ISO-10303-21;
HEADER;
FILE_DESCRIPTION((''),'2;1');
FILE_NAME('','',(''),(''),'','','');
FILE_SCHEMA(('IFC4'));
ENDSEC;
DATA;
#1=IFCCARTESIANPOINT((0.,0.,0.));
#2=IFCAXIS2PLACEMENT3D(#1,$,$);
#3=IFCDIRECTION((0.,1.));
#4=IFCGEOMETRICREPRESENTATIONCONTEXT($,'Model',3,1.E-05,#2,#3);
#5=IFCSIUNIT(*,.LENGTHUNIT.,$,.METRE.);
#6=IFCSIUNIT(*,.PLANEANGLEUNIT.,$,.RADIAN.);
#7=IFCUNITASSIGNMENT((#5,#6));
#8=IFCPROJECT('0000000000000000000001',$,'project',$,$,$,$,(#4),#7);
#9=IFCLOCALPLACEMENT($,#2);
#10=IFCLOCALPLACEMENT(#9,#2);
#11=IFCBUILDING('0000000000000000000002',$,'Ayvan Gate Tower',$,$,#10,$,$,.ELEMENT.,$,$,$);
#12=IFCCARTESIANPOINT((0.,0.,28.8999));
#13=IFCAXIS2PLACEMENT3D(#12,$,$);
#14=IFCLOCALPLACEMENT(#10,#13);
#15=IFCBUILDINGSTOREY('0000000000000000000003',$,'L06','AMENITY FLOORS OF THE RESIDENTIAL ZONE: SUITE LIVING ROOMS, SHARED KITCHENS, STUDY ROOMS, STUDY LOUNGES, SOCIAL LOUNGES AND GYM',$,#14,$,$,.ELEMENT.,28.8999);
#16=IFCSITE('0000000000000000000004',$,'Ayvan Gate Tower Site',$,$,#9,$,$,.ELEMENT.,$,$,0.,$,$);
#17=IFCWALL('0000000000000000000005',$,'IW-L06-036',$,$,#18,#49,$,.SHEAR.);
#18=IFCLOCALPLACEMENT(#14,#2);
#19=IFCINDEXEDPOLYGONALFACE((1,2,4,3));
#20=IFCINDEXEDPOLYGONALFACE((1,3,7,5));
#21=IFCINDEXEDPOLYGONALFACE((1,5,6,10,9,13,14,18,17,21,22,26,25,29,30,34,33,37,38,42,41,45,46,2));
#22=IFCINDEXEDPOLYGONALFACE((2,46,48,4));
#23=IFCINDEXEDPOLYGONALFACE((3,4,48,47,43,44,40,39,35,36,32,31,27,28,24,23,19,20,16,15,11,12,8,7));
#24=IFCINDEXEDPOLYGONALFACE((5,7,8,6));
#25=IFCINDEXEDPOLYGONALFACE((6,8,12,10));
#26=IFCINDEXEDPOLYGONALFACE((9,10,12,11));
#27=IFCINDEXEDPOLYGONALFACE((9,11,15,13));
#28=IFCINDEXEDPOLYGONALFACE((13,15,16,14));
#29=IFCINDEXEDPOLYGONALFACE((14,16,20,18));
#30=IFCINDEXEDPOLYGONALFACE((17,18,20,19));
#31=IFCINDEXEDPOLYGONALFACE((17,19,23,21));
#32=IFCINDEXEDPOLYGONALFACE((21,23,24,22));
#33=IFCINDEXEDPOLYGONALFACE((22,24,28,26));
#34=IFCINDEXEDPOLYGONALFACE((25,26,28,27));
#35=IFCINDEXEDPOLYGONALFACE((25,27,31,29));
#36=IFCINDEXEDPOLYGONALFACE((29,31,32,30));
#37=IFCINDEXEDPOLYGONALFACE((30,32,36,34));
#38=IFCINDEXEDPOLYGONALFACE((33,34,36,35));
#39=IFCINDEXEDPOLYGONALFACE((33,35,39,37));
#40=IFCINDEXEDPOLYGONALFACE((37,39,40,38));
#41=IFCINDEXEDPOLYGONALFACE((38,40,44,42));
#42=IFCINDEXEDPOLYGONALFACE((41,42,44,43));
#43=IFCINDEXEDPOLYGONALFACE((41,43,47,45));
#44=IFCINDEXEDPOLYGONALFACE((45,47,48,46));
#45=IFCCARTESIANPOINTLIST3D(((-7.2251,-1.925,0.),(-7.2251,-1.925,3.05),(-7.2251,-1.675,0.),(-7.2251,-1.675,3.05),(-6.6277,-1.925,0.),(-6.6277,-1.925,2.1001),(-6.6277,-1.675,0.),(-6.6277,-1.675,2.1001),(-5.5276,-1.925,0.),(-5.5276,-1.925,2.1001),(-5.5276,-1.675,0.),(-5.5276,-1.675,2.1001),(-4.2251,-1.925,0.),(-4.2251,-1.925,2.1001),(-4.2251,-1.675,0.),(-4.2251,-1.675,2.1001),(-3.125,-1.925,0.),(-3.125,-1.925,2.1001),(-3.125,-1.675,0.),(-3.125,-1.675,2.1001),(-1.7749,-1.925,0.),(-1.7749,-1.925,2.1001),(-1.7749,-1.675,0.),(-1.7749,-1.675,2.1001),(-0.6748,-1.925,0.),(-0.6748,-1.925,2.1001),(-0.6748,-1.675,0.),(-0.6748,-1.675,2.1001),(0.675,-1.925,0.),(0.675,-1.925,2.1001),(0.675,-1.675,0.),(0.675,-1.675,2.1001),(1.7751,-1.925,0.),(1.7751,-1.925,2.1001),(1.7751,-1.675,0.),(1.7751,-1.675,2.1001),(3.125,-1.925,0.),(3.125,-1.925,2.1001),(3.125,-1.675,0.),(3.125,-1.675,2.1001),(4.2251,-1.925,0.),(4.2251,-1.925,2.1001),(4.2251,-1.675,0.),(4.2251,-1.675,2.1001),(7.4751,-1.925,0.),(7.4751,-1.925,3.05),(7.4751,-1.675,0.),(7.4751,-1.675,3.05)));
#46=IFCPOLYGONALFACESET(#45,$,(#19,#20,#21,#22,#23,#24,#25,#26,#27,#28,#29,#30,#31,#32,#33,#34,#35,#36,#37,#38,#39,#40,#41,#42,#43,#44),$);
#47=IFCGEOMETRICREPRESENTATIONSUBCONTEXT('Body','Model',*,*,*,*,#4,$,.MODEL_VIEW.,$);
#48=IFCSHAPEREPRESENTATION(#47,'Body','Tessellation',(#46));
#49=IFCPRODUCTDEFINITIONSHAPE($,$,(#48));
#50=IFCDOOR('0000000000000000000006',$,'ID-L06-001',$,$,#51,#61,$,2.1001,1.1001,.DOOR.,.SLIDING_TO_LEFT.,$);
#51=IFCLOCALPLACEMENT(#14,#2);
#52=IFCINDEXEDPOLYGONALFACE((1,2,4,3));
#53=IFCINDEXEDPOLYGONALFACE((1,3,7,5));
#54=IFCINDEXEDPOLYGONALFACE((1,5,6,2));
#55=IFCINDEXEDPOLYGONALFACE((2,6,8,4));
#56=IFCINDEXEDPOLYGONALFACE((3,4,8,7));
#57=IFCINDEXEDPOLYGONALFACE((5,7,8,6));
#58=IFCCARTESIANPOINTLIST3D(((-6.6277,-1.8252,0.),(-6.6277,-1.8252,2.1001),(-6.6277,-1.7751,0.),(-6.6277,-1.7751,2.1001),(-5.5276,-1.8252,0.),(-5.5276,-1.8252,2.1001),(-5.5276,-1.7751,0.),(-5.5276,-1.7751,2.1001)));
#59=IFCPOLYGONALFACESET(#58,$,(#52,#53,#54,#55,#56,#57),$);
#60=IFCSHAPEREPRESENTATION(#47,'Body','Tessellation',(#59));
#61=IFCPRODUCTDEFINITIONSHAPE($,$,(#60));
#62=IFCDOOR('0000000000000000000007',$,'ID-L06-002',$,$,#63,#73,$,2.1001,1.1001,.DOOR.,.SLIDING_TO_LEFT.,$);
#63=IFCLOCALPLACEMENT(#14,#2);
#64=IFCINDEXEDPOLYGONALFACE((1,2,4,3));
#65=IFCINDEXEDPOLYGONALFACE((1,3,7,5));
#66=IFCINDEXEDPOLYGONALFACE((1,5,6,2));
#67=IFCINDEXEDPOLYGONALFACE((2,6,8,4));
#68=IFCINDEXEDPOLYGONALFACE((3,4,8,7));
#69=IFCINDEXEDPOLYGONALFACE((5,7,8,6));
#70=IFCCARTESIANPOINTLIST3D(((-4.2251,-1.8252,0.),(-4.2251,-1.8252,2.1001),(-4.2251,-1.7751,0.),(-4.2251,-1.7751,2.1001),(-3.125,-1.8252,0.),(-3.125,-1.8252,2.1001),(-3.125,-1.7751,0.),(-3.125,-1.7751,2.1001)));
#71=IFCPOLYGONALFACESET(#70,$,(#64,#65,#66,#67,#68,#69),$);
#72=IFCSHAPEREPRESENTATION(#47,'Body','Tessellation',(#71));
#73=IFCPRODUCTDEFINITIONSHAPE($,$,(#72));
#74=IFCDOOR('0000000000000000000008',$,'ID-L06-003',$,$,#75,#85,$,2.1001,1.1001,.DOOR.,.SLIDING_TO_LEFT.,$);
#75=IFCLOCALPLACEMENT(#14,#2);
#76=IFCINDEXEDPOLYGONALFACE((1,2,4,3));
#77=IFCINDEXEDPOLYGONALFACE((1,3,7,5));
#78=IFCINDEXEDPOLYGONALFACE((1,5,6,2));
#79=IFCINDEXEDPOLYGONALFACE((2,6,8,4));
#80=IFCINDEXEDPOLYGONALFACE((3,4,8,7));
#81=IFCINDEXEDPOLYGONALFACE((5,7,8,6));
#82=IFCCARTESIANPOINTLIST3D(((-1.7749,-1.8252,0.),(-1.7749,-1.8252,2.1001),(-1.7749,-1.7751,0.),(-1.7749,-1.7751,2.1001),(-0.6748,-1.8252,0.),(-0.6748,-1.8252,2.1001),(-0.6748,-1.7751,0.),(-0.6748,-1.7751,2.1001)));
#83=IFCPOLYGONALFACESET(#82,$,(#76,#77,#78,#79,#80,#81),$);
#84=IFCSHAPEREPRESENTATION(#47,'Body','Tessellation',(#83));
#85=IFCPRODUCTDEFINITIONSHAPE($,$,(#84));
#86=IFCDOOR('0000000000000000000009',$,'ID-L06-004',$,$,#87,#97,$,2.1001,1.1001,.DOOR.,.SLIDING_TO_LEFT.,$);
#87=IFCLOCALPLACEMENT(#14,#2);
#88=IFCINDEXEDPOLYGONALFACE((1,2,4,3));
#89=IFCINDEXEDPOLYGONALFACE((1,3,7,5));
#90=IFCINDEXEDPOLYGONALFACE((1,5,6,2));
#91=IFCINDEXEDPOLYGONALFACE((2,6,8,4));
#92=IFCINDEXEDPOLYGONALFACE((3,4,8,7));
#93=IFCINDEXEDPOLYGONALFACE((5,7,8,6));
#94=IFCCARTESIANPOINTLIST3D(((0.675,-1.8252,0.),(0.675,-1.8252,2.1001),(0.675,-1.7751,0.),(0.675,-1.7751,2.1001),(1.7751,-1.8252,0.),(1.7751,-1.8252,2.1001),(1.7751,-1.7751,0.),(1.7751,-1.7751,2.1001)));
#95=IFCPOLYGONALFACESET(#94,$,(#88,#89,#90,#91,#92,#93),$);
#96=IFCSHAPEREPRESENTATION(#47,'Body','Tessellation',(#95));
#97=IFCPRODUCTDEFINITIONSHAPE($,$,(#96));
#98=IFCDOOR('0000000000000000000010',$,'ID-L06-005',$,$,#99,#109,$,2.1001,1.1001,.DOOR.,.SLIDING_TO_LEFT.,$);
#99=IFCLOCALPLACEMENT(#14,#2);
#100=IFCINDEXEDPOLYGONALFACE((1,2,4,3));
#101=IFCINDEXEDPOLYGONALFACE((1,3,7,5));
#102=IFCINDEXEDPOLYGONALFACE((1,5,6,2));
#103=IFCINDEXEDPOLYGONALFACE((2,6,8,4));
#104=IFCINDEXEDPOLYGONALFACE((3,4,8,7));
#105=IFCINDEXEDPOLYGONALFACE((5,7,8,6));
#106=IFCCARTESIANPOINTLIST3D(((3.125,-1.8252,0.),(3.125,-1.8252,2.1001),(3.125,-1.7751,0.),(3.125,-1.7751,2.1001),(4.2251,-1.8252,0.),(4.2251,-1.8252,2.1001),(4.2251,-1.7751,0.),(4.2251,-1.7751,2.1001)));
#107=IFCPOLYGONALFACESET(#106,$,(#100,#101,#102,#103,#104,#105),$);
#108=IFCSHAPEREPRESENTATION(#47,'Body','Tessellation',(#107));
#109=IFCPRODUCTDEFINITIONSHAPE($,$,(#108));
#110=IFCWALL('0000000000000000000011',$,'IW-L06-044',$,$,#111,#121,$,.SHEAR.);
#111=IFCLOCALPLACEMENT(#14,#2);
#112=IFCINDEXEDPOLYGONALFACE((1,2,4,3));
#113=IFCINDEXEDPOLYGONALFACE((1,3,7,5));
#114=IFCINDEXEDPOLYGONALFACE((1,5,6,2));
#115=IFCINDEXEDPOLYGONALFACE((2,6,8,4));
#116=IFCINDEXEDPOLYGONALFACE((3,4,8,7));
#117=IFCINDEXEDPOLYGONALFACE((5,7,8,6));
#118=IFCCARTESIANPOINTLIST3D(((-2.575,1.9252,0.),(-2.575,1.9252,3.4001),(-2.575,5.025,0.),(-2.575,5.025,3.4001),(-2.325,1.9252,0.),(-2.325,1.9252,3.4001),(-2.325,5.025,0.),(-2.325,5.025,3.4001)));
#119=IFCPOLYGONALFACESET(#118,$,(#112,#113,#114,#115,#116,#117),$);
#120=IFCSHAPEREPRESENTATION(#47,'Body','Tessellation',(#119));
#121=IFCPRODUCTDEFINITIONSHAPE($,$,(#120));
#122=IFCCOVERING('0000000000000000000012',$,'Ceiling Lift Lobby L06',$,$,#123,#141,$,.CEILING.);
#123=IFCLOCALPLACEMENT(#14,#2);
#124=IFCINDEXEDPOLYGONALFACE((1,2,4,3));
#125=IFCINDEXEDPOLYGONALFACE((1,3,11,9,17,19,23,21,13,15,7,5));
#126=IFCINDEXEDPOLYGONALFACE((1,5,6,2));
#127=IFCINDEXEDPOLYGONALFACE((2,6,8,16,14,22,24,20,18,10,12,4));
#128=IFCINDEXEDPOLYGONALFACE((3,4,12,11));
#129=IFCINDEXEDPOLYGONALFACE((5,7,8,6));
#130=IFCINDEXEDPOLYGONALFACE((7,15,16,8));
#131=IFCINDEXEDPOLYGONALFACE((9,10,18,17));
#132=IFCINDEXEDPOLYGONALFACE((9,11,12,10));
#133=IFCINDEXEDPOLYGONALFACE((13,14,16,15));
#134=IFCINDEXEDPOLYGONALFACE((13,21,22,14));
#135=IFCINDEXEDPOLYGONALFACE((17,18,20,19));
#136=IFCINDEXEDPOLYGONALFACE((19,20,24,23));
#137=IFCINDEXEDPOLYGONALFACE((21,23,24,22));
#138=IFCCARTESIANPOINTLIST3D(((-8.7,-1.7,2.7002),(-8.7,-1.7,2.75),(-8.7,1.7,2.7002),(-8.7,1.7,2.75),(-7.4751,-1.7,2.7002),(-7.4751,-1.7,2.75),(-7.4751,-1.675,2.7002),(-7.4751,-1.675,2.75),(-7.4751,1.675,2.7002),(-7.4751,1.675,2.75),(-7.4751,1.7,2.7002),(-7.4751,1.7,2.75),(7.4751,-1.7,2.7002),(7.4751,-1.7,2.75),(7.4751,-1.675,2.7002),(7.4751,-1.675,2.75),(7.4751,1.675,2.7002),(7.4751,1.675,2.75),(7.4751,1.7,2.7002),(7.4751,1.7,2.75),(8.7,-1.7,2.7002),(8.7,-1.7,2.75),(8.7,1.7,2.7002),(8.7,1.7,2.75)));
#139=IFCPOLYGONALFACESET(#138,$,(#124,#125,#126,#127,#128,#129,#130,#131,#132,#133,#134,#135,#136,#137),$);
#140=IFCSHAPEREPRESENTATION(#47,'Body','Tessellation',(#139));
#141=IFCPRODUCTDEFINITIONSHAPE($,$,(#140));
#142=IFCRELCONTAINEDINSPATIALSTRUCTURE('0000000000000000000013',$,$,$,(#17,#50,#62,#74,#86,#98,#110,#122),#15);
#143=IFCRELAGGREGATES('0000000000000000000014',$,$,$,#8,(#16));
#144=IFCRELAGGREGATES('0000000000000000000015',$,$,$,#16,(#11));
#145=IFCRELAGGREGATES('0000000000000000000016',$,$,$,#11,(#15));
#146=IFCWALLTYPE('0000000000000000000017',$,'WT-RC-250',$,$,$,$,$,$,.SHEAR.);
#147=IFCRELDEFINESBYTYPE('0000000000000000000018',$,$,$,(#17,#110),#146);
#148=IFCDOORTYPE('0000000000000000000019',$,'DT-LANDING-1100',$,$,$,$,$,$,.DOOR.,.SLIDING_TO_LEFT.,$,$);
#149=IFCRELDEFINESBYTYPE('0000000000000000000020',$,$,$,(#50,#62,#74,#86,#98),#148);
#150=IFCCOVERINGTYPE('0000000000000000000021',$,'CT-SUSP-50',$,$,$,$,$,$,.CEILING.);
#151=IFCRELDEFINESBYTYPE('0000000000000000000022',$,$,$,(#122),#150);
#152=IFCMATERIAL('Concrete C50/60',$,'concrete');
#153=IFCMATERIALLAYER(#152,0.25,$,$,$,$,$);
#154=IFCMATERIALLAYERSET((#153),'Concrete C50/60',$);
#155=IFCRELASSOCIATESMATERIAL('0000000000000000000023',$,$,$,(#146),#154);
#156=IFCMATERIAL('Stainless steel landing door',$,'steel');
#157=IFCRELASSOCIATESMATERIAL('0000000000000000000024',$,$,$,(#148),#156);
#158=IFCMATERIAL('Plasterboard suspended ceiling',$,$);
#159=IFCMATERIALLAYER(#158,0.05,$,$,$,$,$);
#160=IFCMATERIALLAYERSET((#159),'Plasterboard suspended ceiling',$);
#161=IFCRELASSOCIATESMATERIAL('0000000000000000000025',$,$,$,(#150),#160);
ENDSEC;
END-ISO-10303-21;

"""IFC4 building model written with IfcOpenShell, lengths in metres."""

from ifc_helpers import new_model, si_unit, direction, frame, frame_2d, origin, place, context, subcontext, project, spatial, polyline, rectangle, outline, extrude, material, layer, layer_set, type_object, element, fill, save


model = new_model("IFC4")

# Units and contexts
model_context = context("Model", 3, precision=1e-05, world=origin(), true_north=direction((0.0, 1.0)))
body_context = subcontext(model_context, "Body", "Model", "MODEL_VIEW")
ifc_project = project(units=[si_unit("LENGTHUNIT", "METRE"), si_unit("PLANEANGLEUNIT", "RADIAN")], contexts=[model_context])

# Site, building, storey
site_placement = place(None, origin())
site = spatial("IfcSite", under=ifc_project, at=site_placement, Name="Ayvan Gate Tower Site", CompositionType="ELEMENT", RefElevation=0.0)
building_placement = place(site_placement, origin())
building = spatial("IfcBuilding", under=site, at=building_placement, Name="Ayvan Gate Tower", CompositionType="ELEMENT")
storey_placement = place(building_placement, frame((0.0, 0.0, 28.8999)))
storey = spatial("IfcBuildingStorey", under=building, at=storey_placement, Name="L06", Description="AMENITY FLOORS OF THE RESIDENTIAL ZONE: SUITE LIVING ROOMS, SHARED KITCHENS, STUDY ROOMS, STUDY LOUNGES, SOCIAL LOUNGES AND GYM", CompositionType="ELEMENT", Elevation=28.8999)

# Shared definitions
ifc_material_1 = material(Name="Concrete C50/60", Category="concrete")
ifc_layer_1 = layer(ifc_material_1, 0.25)
ifc_layer_set_1 = layer_set([ifc_layer_1], Name="Concrete C50/60")
wall_type_1 = type_object("IfcWallType", Name="WT-RC-250", PredefinedType="SHEAR", material=ifc_layer_set_1)

# Wall, openings, doors
wall_1_placement = place(storey_placement, frame((-7.2251, -1.8, 0.0), z_axis=(0.0, 0.0, 1.0), x_axis=(1.0, 0.0, 0.0)))
wall_1 = element("IfcWall", 1, at=wall_1_placement, inside=storey, type_object=wall_type_1, Name="IW-L06-036", PredefinedType="SHEAR", context=body_context, shape_type="SweptSolid", body=[
    extrude(rectangle(XDim=14.7002, YDim=0.25, at=frame_2d((7.3501, 0.0))), origin(), (0.0, 0.0, 1.0), 3.05),
])
opening_1_placement = place(wall_1_placement, frame((0.5974, 0.0, 0.0)))
opening_1 = element("IfcOpeningElement", 2, at=opening_1_placement, cuts=wall_1, PredefinedType="OPENING", context=body_context, shape_type="SweptSolid", body=[
    extrude(rectangle(XDim=1.1001, YDim=2.1001, at=frame_2d((0.55, 1.05))), frame((0.0, 0.135, 0.0), z_axis=(0.0, -1.0, 0.0), x_axis=(1.0, 0.0, 0.0)), (0.0, 0.0, 1.0), 0.27),
])
opening_2_placement = place(wall_1_placement, frame((3.0, 0.0, 0.0)))
opening_2 = element("IfcOpeningElement", 3, at=opening_2_placement, cuts=wall_1, PredefinedType="OPENING", context=body_context, shape_type="SweptSolid", body=[
    extrude(rectangle(XDim=1.1001, YDim=2.1001, at=frame_2d((0.55, 1.05))), frame((0.0, 0.135, 0.0), z_axis=(0.0, -1.0, 0.0), x_axis=(1.0, 0.0, 0.0)), (0.0, 0.0, 1.0), 0.27),
])
opening_3_placement = place(wall_1_placement, frame((5.4502, 0.0, 0.0)))
opening_3 = element("IfcOpeningElement", 4, at=opening_3_placement, cuts=wall_1, PredefinedType="OPENING", context=body_context, shape_type="SweptSolid", body=[
    extrude(rectangle(XDim=1.1001, YDim=2.1001, at=frame_2d((0.55, 1.05))), frame((0.0, 0.135, 0.0), z_axis=(0.0, -1.0, 0.0), x_axis=(1.0, 0.0, 0.0)), (0.0, 0.0, 1.0), 0.27),
])
opening_4_placement = place(wall_1_placement, frame((7.9001, 0.0, 0.0)))
opening_4 = element("IfcOpeningElement", 5, at=opening_4_placement, cuts=wall_1, PredefinedType="OPENING", context=body_context, shape_type="SweptSolid", body=[
    extrude(rectangle(XDim=1.1001, YDim=2.1001, at=frame_2d((0.55, 1.05))), frame((0.0, 0.135, 0.0), z_axis=(0.0, -1.0, 0.0), x_axis=(1.0, 0.0, 0.0)), (0.0, 0.0, 1.0), 0.27),
])
opening_5_placement = place(wall_1_placement, frame((10.3501, 0.0, 0.0)))
opening_5 = element("IfcOpeningElement", 6, at=opening_5_placement, cuts=wall_1, PredefinedType="OPENING", context=body_context, shape_type="SweptSolid", body=[
    extrude(rectangle(XDim=1.1001, YDim=2.1001, at=frame_2d((0.55, 1.05))), frame((0.0, 0.135, 0.0), z_axis=(0.0, -1.0, 0.0), x_axis=(1.0, 0.0, 0.0)), (0.0, 0.0, 1.0), 0.27),
])
ifc_material_2 = material(Name="Stainless steel landing door", Category="steel")
door_type = type_object("IfcDoorType", Name="DT-LANDING-1100", OperationType="SLIDING_TO_LEFT", PredefinedType="DOOR", material=ifc_material_2)
door_1_placement = place(opening_1_placement, origin())
door_1 = element("IfcDoor", 7, at=door_1_placement, inside=storey, type_object=door_type, Name="ID-L06-001", OperationType="SLIDING_TO_LEFT", OverallHeight=2.1001, OverallWidth=1.1001, PredefinedType="DOOR", context=body_context, shape_type="SweptSolid", body=[
    extrude(rectangle(XDim=1.1001, YDim=2.1001, at=frame_2d((0.55, 1.05))), frame((0.0, 0.0249, 0.0), z_axis=(0.0, -1.0, 0.0), x_axis=(1.0, 0.0, 0.0)), (0.0, 0.0, 1.0), 0.05),
])
fill(opening_1, door_1)
door_2_placement = place(opening_2_placement, origin())
door_2 = element("IfcDoor", 8, at=door_2_placement, inside=storey, type_object=door_type, Name="ID-L06-002", OperationType="SLIDING_TO_LEFT", OverallHeight=2.1001, OverallWidth=1.1001, PredefinedType="DOOR", context=body_context, shape_type="SweptSolid", body=[
    extrude(rectangle(XDim=1.1001, YDim=2.1001, at=frame_2d((0.55, 1.05))), frame((0.0, 0.0249, 0.0), z_axis=(0.0, -1.0, 0.0), x_axis=(1.0, 0.0, 0.0)), (0.0, 0.0, 1.0), 0.05),
])
fill(opening_2, door_2)
door_3_placement = place(opening_3_placement, origin())
door_3 = element("IfcDoor", 9, at=door_3_placement, inside=storey, type_object=door_type, Name="ID-L06-003", OperationType="SLIDING_TO_LEFT", OverallHeight=2.1001, OverallWidth=1.1001, PredefinedType="DOOR", context=body_context, shape_type="SweptSolid", body=[
    extrude(rectangle(XDim=1.1001, YDim=2.1001, at=frame_2d((0.55, 1.05))), frame((0.0, 0.0249, 0.0), z_axis=(0.0, -1.0, 0.0), x_axis=(1.0, 0.0, 0.0)), (0.0, 0.0, 1.0), 0.05),
])
fill(opening_3, door_3)
door_4_placement = place(opening_4_placement, origin())
door_4 = element("IfcDoor", 10, at=door_4_placement, inside=storey, type_object=door_type, Name="ID-L06-004", OperationType="SLIDING_TO_LEFT", OverallHeight=2.1001, OverallWidth=1.1001, PredefinedType="DOOR", context=body_context, shape_type="SweptSolid", body=[
    extrude(rectangle(XDim=1.1001, YDim=2.1001, at=frame_2d((0.55, 1.05))), frame((0.0, 0.0249, 0.0), z_axis=(0.0, -1.0, 0.0), x_axis=(1.0, 0.0, 0.0)), (0.0, 0.0, 1.0), 0.05),
])
fill(opening_4, door_4)
door_5_placement = place(opening_5_placement, origin())
door_5 = element("IfcDoor", 11, at=door_5_placement, inside=storey, type_object=door_type, Name="ID-L06-005", OperationType="SLIDING_TO_LEFT", OverallHeight=2.1001, OverallWidth=1.1001, PredefinedType="DOOR", context=body_context, shape_type="SweptSolid", body=[
    extrude(rectangle(XDim=1.1001, YDim=2.1001, at=frame_2d((0.55, 1.05))), frame((0.0, 0.0249, 0.0), z_axis=(0.0, -1.0, 0.0), x_axis=(1.0, 0.0, 0.0)), (0.0, 0.0, 1.0), 0.05),
])
fill(opening_5, door_5)

# Wall
wall_2_placement = place(storey_placement, frame((-2.45, 5.0249, 0.0), z_axis=(0.0, 0.0, 1.0), x_axis=(0.0, -1.0, 0.0)))
element("IfcWall", 12, at=wall_2_placement, inside=storey, type_object=wall_type_1, Name="IW-L06-044", PredefinedType="SHEAR", context=body_context, shape_type="SweptSolid", body=[
    extrude(rectangle(XDim=3.0999, YDim=0.25, at=frame_2d((1.5498, 0.0))), origin(), (0.0, 0.0, 1.0), 3.4001),
])

# Covering
ifc_material_3 = material(Name="Plasterboard suspended ceiling")
ifc_layer_2 = layer(ifc_material_3, 0.05)
ifc_layer_set_2 = layer_set([ifc_layer_2], Name="Plasterboard suspended ceiling")
covering_type = type_object("IfcCoveringType", Name="CT-SUSP-50", PredefinedType="CEILING", material=ifc_layer_set_2)
covering_1_placement = place(storey_placement, frame((0.0, 0.0, 2.7002)))
element("IfcCovering", 13, at=covering_1_placement, inside=storey, type_object=covering_type, Name="Ceiling Lift Lobby L06", PredefinedType="CEILING", context=body_context, shape_type="SweptSolid", body=[
    extrude(outline(polyline([(7.4751, -1.675), (-7.4751, -1.675), (-7.4751, -1.7), (-8.7, -1.7), (-8.7, 1.7), (-7.4751, 1.7), (-7.4751, 1.675), (7.4751, 1.675), (7.4751, 1.7), (8.7, 1.7), (8.7, -1.7), (7.4751, -1.7), (7.4751, -1.675)])), origin(), (0.0, 0.0, 1.0), 0.0498),
])

save(model, "model.ifc")
